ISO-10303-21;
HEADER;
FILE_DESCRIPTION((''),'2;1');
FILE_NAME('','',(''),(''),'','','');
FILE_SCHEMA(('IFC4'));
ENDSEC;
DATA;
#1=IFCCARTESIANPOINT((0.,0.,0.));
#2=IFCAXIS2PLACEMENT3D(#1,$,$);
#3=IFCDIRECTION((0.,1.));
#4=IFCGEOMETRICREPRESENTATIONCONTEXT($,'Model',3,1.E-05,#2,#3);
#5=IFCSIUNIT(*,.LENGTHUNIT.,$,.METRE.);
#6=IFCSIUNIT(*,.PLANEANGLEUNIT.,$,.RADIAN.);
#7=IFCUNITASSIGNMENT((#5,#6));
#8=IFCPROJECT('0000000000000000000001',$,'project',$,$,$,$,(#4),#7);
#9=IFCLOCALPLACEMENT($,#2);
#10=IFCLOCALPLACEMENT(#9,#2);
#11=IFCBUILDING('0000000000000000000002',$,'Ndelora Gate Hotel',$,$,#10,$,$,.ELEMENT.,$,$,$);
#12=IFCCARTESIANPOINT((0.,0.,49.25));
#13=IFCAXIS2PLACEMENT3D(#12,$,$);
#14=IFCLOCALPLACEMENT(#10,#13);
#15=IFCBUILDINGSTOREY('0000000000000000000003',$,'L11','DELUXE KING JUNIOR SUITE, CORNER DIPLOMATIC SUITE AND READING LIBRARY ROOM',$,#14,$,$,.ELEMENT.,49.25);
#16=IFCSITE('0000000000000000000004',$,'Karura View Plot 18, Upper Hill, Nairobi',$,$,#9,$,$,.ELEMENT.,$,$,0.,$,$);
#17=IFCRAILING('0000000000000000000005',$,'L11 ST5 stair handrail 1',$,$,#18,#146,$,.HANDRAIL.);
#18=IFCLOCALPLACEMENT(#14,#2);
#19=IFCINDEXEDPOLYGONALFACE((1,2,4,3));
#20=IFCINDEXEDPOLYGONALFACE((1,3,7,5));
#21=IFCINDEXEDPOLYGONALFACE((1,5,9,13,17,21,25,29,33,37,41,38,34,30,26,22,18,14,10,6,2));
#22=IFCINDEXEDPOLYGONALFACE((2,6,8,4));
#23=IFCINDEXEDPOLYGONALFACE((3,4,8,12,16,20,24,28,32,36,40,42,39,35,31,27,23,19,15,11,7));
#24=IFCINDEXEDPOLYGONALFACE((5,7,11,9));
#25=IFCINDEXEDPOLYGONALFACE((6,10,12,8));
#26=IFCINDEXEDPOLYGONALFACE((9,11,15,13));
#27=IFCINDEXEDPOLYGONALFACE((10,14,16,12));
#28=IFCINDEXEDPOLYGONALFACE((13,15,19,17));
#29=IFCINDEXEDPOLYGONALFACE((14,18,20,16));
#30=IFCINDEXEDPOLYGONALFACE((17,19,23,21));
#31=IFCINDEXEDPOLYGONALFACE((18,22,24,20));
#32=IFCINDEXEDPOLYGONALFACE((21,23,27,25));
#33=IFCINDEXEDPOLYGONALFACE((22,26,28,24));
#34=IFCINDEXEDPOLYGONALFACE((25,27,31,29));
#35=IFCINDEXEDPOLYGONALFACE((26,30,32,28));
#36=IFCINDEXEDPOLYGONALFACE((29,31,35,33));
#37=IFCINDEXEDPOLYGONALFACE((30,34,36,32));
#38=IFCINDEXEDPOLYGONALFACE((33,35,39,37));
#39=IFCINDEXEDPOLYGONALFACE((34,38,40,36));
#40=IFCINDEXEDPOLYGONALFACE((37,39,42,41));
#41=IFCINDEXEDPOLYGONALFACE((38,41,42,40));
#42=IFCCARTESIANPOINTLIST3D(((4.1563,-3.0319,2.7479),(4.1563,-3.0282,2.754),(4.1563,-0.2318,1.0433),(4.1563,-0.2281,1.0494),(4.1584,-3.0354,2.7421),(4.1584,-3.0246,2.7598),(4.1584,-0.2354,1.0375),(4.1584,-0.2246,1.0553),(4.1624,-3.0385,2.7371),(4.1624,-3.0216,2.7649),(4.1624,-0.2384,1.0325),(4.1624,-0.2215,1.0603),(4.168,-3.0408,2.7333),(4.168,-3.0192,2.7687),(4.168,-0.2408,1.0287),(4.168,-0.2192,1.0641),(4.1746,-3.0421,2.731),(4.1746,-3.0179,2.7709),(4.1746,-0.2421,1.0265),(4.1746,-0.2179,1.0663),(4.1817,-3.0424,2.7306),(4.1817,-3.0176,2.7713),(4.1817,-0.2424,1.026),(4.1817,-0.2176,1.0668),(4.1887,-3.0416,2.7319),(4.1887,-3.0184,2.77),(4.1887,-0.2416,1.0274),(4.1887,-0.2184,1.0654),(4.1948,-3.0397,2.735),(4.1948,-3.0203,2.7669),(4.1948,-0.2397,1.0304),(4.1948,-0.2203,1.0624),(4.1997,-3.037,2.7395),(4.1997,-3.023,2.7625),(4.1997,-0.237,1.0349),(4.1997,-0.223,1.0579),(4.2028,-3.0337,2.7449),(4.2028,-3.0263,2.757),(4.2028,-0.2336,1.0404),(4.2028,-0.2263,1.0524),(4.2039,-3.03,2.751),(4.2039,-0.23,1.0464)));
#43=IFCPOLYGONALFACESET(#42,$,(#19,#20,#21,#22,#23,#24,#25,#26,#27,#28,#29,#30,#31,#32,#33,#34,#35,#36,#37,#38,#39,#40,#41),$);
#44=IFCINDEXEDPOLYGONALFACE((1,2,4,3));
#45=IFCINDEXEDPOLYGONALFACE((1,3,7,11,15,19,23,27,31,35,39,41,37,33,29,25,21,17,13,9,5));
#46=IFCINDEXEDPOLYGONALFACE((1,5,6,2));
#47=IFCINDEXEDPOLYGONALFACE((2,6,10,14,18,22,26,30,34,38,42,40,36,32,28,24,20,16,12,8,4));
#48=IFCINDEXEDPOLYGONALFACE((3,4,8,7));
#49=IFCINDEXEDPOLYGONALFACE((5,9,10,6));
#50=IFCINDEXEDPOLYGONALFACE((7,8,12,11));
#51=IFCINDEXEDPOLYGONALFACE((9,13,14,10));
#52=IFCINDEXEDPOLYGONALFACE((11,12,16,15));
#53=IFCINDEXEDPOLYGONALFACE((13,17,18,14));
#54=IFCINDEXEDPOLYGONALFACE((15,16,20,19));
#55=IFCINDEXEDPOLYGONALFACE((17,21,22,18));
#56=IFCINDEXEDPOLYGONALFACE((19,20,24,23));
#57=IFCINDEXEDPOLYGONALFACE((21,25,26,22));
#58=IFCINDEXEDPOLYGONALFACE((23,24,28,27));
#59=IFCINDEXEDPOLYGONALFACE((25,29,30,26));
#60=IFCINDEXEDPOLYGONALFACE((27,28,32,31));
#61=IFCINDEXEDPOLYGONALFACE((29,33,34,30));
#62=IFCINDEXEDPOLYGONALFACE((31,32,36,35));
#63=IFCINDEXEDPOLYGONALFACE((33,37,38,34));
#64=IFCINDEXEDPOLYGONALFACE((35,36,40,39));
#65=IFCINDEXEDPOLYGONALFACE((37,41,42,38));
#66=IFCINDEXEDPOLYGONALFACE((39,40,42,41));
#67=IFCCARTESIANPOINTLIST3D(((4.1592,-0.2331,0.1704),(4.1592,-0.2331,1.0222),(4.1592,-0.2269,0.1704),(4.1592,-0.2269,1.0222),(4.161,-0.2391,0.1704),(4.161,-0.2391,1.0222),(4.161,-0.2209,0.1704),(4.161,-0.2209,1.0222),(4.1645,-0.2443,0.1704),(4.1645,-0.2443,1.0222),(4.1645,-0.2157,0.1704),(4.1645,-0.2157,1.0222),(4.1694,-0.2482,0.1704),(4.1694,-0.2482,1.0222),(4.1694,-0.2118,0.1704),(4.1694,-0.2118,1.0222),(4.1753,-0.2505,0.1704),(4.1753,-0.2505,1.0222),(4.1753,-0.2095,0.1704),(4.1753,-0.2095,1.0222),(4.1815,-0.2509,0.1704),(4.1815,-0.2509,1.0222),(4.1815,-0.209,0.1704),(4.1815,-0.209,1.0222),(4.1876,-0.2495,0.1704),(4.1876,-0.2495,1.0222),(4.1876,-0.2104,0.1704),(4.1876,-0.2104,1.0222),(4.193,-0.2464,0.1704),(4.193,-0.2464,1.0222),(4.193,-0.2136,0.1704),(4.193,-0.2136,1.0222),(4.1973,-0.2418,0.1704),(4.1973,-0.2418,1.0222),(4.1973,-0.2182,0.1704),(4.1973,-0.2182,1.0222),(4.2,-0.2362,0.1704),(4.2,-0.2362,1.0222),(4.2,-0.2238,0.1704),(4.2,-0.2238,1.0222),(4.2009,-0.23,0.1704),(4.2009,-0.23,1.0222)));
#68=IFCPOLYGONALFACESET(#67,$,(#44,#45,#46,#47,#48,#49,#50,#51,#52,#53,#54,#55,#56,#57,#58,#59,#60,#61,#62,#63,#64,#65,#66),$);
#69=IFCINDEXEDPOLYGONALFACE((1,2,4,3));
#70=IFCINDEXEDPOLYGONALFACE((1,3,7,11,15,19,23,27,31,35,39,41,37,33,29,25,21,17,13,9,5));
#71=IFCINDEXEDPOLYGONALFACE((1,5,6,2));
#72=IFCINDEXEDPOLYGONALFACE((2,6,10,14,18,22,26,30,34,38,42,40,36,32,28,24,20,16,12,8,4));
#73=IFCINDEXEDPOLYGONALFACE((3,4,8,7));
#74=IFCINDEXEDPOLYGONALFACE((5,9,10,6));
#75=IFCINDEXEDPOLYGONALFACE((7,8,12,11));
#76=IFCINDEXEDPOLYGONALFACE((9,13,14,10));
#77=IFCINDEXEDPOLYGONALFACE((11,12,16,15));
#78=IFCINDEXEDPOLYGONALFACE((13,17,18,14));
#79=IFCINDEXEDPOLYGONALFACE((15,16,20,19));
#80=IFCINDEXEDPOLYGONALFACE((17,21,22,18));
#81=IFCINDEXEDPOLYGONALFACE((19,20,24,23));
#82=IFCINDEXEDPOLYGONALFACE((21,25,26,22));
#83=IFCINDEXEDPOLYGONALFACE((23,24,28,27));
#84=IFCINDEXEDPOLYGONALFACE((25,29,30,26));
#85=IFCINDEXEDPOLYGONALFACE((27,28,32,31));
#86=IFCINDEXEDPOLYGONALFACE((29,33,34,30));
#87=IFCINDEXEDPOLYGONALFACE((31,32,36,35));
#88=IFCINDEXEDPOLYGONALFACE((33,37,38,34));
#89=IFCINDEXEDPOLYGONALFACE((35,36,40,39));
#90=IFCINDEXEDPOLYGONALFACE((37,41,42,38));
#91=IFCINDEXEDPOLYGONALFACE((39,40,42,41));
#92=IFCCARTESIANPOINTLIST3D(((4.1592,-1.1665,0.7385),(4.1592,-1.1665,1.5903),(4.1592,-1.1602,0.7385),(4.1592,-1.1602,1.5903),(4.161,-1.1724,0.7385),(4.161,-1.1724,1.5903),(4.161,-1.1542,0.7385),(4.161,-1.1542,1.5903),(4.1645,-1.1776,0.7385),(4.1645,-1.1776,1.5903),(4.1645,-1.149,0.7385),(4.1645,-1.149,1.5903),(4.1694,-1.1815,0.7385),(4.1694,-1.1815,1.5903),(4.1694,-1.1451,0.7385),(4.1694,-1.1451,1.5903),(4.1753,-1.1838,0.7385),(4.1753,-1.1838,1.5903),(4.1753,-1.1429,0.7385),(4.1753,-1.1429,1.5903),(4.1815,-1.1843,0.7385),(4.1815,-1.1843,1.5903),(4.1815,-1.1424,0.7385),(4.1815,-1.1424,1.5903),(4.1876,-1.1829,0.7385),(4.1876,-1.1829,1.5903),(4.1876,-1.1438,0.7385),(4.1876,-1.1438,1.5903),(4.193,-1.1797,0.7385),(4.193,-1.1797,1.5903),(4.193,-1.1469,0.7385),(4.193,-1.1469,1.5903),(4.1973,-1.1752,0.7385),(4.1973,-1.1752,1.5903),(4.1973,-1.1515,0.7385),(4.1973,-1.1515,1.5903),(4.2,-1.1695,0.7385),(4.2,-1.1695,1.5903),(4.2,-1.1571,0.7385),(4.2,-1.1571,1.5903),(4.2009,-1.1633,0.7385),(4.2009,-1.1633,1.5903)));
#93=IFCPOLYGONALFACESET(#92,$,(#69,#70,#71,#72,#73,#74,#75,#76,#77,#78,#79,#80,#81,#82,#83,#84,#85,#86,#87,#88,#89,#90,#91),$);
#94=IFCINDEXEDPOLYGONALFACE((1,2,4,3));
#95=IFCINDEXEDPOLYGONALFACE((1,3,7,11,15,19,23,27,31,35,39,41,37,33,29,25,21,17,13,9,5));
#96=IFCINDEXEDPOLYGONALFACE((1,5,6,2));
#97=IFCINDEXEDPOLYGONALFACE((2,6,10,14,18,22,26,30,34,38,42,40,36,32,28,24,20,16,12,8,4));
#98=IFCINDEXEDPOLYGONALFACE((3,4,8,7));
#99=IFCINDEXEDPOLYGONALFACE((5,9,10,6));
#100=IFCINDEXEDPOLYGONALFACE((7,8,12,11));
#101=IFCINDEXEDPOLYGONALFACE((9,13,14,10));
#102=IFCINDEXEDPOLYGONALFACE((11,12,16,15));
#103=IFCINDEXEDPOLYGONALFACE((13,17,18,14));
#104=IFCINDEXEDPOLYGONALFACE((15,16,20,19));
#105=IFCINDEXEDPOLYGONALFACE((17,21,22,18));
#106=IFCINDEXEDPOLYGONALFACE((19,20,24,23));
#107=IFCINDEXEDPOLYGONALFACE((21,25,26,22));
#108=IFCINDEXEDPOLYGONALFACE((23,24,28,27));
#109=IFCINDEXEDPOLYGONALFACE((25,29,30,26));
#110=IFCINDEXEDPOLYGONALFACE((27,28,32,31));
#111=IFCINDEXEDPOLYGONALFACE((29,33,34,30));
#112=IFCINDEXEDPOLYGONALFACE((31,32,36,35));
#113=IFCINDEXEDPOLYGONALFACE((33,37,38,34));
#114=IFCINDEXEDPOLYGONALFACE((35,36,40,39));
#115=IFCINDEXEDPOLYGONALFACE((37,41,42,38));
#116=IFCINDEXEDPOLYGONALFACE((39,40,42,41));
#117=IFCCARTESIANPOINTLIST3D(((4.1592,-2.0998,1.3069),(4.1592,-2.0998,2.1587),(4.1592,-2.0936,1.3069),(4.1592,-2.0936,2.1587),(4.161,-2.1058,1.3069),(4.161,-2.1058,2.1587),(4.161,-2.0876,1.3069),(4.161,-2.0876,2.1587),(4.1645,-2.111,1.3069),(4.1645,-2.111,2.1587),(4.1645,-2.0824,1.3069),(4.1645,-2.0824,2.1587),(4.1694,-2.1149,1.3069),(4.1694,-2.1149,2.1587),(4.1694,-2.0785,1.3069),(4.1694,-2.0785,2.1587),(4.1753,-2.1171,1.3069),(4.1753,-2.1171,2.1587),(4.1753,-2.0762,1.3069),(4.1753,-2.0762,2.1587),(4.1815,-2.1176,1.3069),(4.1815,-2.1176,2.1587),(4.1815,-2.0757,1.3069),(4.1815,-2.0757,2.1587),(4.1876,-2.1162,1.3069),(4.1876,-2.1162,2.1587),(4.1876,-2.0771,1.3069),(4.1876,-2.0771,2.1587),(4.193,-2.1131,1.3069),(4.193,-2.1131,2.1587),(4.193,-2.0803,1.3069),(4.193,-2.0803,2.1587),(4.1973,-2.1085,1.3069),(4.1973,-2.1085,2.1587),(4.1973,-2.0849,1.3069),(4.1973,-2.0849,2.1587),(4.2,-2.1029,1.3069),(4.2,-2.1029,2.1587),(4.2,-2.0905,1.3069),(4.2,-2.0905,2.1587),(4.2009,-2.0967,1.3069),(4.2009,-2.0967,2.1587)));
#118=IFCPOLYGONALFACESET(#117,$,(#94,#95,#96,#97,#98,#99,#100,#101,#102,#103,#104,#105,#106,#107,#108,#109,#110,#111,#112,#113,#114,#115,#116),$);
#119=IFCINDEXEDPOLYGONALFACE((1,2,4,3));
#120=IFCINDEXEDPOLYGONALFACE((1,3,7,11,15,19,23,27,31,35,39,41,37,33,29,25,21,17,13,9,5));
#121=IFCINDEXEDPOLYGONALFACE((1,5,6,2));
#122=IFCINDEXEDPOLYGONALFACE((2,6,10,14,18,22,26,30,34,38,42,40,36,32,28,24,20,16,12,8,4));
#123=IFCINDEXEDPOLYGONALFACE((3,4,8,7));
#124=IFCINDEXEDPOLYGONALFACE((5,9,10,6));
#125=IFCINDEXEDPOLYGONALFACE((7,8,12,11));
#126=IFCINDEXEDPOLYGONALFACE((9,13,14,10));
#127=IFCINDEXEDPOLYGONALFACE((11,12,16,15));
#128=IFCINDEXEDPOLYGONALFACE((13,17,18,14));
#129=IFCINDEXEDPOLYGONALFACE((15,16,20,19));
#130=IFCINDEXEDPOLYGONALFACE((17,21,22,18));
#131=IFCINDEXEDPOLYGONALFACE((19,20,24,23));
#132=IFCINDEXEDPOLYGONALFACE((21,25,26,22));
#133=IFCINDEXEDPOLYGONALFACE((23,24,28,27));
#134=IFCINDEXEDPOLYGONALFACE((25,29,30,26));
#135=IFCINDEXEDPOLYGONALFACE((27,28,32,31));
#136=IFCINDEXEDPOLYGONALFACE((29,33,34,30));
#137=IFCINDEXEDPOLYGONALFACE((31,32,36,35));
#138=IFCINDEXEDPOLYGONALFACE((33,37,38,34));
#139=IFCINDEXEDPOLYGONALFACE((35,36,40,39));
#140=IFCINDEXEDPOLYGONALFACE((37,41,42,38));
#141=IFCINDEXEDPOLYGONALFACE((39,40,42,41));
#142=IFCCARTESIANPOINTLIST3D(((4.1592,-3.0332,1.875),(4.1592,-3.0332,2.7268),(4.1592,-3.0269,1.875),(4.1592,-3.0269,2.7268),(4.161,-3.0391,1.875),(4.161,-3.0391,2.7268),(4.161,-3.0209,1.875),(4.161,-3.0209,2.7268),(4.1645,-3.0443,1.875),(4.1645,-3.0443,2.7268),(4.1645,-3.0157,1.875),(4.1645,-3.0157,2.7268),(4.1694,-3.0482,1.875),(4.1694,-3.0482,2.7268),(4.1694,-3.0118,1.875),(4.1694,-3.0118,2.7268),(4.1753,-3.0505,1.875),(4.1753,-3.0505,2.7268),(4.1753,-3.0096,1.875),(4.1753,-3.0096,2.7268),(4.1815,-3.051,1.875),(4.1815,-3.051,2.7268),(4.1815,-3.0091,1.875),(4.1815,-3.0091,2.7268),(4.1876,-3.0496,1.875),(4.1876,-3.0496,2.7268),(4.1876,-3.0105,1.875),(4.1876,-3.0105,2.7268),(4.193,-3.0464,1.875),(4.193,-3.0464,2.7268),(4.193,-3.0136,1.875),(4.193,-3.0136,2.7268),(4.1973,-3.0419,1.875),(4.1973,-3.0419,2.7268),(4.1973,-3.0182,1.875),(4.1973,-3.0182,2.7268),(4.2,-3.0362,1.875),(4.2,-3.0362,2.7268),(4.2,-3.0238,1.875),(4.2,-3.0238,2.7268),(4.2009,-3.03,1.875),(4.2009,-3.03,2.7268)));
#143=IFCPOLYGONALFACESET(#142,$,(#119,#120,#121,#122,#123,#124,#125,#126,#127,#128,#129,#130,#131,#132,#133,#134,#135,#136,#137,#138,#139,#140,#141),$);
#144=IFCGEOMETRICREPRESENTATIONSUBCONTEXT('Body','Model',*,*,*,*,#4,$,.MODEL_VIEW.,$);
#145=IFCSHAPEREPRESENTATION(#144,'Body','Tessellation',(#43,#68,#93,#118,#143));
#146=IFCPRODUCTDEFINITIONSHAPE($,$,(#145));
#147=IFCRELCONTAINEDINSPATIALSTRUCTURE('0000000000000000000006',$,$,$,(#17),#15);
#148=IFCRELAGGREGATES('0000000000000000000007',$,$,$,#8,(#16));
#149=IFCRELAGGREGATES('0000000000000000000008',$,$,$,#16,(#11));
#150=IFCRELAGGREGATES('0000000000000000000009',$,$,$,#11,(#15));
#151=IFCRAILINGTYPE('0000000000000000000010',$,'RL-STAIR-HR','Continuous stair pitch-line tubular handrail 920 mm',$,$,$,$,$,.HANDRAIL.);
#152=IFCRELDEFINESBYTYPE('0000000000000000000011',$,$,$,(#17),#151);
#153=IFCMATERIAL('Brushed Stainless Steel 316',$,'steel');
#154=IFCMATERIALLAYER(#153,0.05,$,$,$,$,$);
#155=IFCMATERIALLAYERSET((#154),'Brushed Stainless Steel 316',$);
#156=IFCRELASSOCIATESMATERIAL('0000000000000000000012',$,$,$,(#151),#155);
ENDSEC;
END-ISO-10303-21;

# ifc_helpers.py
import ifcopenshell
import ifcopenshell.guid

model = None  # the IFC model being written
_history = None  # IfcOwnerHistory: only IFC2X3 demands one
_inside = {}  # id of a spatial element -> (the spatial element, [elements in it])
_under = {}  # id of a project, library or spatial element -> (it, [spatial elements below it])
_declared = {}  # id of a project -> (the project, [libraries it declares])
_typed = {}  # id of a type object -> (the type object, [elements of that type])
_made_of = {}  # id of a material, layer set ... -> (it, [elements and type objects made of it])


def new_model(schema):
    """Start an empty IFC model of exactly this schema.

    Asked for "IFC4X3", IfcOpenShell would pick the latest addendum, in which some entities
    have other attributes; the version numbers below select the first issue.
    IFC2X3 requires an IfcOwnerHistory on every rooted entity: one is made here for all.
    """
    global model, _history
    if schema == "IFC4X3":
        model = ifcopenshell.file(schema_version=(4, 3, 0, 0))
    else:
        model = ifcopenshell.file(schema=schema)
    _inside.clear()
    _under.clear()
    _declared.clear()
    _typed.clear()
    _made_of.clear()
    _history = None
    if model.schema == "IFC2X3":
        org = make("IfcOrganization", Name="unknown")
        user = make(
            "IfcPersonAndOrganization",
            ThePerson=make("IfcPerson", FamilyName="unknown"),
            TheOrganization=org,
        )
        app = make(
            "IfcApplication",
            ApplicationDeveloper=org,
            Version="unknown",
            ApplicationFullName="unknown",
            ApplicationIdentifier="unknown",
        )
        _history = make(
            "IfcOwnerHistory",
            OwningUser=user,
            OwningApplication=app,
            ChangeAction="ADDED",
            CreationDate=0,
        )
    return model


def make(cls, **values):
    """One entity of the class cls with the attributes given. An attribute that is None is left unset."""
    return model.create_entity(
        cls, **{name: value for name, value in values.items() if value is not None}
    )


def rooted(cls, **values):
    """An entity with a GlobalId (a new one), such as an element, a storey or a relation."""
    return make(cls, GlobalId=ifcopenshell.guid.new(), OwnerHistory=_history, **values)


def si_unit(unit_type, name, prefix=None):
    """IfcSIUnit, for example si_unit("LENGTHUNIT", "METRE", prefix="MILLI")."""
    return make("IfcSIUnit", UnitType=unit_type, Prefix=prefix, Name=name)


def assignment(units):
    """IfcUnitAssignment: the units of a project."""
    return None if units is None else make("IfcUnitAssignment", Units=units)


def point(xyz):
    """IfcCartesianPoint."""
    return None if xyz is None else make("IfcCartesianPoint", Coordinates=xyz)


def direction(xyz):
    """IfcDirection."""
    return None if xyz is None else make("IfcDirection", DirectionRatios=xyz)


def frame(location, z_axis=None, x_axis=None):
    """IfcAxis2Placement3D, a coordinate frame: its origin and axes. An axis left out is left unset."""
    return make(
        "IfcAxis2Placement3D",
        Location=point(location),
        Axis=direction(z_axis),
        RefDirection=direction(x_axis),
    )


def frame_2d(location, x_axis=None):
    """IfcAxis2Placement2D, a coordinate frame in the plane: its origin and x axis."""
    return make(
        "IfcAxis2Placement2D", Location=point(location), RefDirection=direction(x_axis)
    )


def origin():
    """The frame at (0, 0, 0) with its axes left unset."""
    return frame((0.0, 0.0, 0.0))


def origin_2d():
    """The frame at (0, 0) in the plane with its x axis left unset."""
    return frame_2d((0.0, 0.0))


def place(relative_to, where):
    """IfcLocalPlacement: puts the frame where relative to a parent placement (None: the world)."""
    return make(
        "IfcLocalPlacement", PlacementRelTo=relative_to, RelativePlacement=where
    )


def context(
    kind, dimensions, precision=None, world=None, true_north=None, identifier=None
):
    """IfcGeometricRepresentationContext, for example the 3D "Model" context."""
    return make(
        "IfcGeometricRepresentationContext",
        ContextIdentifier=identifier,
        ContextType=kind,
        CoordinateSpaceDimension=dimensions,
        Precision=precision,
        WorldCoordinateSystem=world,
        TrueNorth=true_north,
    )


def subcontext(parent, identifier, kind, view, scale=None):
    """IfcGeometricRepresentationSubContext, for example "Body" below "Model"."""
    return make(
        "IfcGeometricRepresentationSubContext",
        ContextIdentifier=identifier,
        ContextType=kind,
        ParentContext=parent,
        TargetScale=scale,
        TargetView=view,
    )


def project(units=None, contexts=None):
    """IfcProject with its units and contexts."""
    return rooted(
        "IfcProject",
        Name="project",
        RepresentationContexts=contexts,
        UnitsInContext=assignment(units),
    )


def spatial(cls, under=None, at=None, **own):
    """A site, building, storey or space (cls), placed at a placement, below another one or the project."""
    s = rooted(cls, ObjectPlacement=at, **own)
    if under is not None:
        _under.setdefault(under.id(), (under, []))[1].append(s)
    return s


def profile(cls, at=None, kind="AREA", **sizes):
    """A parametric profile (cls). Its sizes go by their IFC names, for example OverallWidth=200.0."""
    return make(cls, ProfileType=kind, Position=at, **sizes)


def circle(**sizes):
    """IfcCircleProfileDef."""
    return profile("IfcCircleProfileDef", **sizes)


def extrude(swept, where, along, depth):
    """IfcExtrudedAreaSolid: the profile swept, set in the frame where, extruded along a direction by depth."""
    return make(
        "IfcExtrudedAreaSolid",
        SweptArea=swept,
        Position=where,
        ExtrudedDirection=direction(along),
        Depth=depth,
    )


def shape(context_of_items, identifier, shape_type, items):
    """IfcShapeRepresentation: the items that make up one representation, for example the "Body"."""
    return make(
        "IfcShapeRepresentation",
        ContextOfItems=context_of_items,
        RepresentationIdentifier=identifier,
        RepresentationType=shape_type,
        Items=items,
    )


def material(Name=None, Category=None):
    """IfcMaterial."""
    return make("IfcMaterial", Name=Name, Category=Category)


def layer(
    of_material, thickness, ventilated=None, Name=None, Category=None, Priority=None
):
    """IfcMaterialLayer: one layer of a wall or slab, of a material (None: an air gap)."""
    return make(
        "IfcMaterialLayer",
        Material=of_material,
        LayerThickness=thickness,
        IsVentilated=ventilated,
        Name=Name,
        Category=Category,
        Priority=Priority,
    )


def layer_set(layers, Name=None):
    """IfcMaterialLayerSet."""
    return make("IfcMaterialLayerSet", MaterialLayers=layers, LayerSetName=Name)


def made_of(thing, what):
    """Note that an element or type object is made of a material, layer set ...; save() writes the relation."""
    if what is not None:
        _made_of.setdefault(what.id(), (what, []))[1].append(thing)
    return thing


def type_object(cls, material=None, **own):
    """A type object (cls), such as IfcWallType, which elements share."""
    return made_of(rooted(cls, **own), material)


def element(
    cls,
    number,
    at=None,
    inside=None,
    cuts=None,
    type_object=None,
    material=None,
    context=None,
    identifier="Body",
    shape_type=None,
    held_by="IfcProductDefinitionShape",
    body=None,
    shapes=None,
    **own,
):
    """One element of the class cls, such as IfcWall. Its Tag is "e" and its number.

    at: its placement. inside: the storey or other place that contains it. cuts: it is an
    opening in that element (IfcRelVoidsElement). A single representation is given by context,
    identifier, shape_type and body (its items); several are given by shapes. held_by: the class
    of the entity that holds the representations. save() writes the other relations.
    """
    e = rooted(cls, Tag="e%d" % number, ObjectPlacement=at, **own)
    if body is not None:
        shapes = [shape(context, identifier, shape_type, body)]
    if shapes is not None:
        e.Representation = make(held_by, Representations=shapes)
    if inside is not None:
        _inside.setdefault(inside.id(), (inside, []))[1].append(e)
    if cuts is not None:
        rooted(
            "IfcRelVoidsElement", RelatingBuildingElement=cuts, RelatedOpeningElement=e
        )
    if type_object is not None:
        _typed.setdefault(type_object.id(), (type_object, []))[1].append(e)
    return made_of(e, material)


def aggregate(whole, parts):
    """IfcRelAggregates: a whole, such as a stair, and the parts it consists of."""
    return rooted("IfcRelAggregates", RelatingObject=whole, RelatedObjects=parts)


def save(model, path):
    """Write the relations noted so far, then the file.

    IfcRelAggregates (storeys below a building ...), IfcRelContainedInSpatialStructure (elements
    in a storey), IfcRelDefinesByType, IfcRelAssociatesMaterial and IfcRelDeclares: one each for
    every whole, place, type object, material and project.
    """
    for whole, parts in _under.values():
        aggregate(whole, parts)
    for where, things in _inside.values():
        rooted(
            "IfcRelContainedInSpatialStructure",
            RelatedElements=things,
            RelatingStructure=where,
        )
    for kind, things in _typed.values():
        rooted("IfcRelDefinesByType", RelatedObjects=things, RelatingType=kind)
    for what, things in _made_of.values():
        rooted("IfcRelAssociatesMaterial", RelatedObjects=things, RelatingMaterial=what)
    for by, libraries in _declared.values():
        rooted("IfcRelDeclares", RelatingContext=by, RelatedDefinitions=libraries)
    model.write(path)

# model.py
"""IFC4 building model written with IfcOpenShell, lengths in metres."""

from ifc_helpers import new_model, si_unit, direction, frame, origin, origin_2d, place, context, subcontext, project, spatial, circle, extrude, material, layer, layer_set, type_object, element, save


model = new_model("IFC4")

# Units and contexts
model_context = context("Model", 3, precision=1e-05, world=origin(), true_north=direction((0.0, 1.0)))
body_context = subcontext(model_context, "Body", "Model", "MODEL_VIEW")
ifc_project = project(units=[si_unit("LENGTHUNIT", "METRE"), si_unit("PLANEANGLEUNIT", "RADIAN")], contexts=[model_context])

# Site, building, storey
site_placement = place(None, origin())
site = spatial("IfcSite", under=ifc_project, at=site_placement, Name="Karura View Plot 18, Upper Hill, Nairobi", CompositionType="ELEMENT", RefElevation=0.0)
building_placement = place(site_placement, origin())
building = spatial("IfcBuilding", under=site, at=building_placement, Name="Ndelora Gate Hotel", CompositionType="ELEMENT")
storey_placement = place(building_placement, frame((0.0, 0.0, 49.25)))
storey = spatial("IfcBuildingStorey", under=building, at=storey_placement, Name="L11", Description="DELUXE KING JUNIOR SUITE, CORNER DIPLOMATIC SUITE AND READING LIBRARY ROOM", CompositionType="ELEMENT", Elevation=49.25)

# Railing
ifc_material_1 = material(Name="Brushed Stainless Steel 316", Category="steel")
ifc_layer_1 = layer(ifc_material_1, 0.05)
ifc_layer_set_1 = layer_set([ifc_layer_1], Name="Brushed Stainless Steel 316")
railing_type_1 = type_object("IfcRailingType", Name="RL-STAIR-HR", Description="Continuous stair pitch-line tubular handrail 920 mm", PredefinedType="HANDRAIL", material=ifc_layer_set_1)
railing_1_placement = place(storey_placement, frame((4.1799, -0.23, 0.1704)))
element("IfcRailing", 1, at=railing_1_placement, inside=storey, type_object=railing_type_1, Name="L11 ST5 stair handrail 1", PredefinedType="HANDRAIL", context=body_context, shape_type="SweptSolid", body=[
    extrude(circle(Radius=0.0239, at=origin_2d()), frame((0.0, 0.0, 0.876), z_axis=(0.0, -0.85417, 0.519994), x_axis=(1.0, 0.0, 0.0)), (0.0, 0.0, 1.0), 3.2781),
    extrude(circle(Radius=0.021, at=origin_2d()), origin(), (0.0, 0.0, 1.0), 0.8518),
    extrude(circle(Radius=0.021, at=origin_2d()), frame((0.0, -0.9333, 0.5681)), (0.0, 0.0, 1.0), 0.8518),
    extrude(circle(Radius=0.021, at=origin_2d()), frame((0.0, -1.8667, 1.1365)), (0.0, 0.0, 1.0), 0.8518),
    extrude(circle(Radius=0.021, at=origin_2d()), frame((0.0, -2.8, 1.7046)), (0.0, 0.0, 1.0), 0.8518),
])

save(model, "model.ifc")
